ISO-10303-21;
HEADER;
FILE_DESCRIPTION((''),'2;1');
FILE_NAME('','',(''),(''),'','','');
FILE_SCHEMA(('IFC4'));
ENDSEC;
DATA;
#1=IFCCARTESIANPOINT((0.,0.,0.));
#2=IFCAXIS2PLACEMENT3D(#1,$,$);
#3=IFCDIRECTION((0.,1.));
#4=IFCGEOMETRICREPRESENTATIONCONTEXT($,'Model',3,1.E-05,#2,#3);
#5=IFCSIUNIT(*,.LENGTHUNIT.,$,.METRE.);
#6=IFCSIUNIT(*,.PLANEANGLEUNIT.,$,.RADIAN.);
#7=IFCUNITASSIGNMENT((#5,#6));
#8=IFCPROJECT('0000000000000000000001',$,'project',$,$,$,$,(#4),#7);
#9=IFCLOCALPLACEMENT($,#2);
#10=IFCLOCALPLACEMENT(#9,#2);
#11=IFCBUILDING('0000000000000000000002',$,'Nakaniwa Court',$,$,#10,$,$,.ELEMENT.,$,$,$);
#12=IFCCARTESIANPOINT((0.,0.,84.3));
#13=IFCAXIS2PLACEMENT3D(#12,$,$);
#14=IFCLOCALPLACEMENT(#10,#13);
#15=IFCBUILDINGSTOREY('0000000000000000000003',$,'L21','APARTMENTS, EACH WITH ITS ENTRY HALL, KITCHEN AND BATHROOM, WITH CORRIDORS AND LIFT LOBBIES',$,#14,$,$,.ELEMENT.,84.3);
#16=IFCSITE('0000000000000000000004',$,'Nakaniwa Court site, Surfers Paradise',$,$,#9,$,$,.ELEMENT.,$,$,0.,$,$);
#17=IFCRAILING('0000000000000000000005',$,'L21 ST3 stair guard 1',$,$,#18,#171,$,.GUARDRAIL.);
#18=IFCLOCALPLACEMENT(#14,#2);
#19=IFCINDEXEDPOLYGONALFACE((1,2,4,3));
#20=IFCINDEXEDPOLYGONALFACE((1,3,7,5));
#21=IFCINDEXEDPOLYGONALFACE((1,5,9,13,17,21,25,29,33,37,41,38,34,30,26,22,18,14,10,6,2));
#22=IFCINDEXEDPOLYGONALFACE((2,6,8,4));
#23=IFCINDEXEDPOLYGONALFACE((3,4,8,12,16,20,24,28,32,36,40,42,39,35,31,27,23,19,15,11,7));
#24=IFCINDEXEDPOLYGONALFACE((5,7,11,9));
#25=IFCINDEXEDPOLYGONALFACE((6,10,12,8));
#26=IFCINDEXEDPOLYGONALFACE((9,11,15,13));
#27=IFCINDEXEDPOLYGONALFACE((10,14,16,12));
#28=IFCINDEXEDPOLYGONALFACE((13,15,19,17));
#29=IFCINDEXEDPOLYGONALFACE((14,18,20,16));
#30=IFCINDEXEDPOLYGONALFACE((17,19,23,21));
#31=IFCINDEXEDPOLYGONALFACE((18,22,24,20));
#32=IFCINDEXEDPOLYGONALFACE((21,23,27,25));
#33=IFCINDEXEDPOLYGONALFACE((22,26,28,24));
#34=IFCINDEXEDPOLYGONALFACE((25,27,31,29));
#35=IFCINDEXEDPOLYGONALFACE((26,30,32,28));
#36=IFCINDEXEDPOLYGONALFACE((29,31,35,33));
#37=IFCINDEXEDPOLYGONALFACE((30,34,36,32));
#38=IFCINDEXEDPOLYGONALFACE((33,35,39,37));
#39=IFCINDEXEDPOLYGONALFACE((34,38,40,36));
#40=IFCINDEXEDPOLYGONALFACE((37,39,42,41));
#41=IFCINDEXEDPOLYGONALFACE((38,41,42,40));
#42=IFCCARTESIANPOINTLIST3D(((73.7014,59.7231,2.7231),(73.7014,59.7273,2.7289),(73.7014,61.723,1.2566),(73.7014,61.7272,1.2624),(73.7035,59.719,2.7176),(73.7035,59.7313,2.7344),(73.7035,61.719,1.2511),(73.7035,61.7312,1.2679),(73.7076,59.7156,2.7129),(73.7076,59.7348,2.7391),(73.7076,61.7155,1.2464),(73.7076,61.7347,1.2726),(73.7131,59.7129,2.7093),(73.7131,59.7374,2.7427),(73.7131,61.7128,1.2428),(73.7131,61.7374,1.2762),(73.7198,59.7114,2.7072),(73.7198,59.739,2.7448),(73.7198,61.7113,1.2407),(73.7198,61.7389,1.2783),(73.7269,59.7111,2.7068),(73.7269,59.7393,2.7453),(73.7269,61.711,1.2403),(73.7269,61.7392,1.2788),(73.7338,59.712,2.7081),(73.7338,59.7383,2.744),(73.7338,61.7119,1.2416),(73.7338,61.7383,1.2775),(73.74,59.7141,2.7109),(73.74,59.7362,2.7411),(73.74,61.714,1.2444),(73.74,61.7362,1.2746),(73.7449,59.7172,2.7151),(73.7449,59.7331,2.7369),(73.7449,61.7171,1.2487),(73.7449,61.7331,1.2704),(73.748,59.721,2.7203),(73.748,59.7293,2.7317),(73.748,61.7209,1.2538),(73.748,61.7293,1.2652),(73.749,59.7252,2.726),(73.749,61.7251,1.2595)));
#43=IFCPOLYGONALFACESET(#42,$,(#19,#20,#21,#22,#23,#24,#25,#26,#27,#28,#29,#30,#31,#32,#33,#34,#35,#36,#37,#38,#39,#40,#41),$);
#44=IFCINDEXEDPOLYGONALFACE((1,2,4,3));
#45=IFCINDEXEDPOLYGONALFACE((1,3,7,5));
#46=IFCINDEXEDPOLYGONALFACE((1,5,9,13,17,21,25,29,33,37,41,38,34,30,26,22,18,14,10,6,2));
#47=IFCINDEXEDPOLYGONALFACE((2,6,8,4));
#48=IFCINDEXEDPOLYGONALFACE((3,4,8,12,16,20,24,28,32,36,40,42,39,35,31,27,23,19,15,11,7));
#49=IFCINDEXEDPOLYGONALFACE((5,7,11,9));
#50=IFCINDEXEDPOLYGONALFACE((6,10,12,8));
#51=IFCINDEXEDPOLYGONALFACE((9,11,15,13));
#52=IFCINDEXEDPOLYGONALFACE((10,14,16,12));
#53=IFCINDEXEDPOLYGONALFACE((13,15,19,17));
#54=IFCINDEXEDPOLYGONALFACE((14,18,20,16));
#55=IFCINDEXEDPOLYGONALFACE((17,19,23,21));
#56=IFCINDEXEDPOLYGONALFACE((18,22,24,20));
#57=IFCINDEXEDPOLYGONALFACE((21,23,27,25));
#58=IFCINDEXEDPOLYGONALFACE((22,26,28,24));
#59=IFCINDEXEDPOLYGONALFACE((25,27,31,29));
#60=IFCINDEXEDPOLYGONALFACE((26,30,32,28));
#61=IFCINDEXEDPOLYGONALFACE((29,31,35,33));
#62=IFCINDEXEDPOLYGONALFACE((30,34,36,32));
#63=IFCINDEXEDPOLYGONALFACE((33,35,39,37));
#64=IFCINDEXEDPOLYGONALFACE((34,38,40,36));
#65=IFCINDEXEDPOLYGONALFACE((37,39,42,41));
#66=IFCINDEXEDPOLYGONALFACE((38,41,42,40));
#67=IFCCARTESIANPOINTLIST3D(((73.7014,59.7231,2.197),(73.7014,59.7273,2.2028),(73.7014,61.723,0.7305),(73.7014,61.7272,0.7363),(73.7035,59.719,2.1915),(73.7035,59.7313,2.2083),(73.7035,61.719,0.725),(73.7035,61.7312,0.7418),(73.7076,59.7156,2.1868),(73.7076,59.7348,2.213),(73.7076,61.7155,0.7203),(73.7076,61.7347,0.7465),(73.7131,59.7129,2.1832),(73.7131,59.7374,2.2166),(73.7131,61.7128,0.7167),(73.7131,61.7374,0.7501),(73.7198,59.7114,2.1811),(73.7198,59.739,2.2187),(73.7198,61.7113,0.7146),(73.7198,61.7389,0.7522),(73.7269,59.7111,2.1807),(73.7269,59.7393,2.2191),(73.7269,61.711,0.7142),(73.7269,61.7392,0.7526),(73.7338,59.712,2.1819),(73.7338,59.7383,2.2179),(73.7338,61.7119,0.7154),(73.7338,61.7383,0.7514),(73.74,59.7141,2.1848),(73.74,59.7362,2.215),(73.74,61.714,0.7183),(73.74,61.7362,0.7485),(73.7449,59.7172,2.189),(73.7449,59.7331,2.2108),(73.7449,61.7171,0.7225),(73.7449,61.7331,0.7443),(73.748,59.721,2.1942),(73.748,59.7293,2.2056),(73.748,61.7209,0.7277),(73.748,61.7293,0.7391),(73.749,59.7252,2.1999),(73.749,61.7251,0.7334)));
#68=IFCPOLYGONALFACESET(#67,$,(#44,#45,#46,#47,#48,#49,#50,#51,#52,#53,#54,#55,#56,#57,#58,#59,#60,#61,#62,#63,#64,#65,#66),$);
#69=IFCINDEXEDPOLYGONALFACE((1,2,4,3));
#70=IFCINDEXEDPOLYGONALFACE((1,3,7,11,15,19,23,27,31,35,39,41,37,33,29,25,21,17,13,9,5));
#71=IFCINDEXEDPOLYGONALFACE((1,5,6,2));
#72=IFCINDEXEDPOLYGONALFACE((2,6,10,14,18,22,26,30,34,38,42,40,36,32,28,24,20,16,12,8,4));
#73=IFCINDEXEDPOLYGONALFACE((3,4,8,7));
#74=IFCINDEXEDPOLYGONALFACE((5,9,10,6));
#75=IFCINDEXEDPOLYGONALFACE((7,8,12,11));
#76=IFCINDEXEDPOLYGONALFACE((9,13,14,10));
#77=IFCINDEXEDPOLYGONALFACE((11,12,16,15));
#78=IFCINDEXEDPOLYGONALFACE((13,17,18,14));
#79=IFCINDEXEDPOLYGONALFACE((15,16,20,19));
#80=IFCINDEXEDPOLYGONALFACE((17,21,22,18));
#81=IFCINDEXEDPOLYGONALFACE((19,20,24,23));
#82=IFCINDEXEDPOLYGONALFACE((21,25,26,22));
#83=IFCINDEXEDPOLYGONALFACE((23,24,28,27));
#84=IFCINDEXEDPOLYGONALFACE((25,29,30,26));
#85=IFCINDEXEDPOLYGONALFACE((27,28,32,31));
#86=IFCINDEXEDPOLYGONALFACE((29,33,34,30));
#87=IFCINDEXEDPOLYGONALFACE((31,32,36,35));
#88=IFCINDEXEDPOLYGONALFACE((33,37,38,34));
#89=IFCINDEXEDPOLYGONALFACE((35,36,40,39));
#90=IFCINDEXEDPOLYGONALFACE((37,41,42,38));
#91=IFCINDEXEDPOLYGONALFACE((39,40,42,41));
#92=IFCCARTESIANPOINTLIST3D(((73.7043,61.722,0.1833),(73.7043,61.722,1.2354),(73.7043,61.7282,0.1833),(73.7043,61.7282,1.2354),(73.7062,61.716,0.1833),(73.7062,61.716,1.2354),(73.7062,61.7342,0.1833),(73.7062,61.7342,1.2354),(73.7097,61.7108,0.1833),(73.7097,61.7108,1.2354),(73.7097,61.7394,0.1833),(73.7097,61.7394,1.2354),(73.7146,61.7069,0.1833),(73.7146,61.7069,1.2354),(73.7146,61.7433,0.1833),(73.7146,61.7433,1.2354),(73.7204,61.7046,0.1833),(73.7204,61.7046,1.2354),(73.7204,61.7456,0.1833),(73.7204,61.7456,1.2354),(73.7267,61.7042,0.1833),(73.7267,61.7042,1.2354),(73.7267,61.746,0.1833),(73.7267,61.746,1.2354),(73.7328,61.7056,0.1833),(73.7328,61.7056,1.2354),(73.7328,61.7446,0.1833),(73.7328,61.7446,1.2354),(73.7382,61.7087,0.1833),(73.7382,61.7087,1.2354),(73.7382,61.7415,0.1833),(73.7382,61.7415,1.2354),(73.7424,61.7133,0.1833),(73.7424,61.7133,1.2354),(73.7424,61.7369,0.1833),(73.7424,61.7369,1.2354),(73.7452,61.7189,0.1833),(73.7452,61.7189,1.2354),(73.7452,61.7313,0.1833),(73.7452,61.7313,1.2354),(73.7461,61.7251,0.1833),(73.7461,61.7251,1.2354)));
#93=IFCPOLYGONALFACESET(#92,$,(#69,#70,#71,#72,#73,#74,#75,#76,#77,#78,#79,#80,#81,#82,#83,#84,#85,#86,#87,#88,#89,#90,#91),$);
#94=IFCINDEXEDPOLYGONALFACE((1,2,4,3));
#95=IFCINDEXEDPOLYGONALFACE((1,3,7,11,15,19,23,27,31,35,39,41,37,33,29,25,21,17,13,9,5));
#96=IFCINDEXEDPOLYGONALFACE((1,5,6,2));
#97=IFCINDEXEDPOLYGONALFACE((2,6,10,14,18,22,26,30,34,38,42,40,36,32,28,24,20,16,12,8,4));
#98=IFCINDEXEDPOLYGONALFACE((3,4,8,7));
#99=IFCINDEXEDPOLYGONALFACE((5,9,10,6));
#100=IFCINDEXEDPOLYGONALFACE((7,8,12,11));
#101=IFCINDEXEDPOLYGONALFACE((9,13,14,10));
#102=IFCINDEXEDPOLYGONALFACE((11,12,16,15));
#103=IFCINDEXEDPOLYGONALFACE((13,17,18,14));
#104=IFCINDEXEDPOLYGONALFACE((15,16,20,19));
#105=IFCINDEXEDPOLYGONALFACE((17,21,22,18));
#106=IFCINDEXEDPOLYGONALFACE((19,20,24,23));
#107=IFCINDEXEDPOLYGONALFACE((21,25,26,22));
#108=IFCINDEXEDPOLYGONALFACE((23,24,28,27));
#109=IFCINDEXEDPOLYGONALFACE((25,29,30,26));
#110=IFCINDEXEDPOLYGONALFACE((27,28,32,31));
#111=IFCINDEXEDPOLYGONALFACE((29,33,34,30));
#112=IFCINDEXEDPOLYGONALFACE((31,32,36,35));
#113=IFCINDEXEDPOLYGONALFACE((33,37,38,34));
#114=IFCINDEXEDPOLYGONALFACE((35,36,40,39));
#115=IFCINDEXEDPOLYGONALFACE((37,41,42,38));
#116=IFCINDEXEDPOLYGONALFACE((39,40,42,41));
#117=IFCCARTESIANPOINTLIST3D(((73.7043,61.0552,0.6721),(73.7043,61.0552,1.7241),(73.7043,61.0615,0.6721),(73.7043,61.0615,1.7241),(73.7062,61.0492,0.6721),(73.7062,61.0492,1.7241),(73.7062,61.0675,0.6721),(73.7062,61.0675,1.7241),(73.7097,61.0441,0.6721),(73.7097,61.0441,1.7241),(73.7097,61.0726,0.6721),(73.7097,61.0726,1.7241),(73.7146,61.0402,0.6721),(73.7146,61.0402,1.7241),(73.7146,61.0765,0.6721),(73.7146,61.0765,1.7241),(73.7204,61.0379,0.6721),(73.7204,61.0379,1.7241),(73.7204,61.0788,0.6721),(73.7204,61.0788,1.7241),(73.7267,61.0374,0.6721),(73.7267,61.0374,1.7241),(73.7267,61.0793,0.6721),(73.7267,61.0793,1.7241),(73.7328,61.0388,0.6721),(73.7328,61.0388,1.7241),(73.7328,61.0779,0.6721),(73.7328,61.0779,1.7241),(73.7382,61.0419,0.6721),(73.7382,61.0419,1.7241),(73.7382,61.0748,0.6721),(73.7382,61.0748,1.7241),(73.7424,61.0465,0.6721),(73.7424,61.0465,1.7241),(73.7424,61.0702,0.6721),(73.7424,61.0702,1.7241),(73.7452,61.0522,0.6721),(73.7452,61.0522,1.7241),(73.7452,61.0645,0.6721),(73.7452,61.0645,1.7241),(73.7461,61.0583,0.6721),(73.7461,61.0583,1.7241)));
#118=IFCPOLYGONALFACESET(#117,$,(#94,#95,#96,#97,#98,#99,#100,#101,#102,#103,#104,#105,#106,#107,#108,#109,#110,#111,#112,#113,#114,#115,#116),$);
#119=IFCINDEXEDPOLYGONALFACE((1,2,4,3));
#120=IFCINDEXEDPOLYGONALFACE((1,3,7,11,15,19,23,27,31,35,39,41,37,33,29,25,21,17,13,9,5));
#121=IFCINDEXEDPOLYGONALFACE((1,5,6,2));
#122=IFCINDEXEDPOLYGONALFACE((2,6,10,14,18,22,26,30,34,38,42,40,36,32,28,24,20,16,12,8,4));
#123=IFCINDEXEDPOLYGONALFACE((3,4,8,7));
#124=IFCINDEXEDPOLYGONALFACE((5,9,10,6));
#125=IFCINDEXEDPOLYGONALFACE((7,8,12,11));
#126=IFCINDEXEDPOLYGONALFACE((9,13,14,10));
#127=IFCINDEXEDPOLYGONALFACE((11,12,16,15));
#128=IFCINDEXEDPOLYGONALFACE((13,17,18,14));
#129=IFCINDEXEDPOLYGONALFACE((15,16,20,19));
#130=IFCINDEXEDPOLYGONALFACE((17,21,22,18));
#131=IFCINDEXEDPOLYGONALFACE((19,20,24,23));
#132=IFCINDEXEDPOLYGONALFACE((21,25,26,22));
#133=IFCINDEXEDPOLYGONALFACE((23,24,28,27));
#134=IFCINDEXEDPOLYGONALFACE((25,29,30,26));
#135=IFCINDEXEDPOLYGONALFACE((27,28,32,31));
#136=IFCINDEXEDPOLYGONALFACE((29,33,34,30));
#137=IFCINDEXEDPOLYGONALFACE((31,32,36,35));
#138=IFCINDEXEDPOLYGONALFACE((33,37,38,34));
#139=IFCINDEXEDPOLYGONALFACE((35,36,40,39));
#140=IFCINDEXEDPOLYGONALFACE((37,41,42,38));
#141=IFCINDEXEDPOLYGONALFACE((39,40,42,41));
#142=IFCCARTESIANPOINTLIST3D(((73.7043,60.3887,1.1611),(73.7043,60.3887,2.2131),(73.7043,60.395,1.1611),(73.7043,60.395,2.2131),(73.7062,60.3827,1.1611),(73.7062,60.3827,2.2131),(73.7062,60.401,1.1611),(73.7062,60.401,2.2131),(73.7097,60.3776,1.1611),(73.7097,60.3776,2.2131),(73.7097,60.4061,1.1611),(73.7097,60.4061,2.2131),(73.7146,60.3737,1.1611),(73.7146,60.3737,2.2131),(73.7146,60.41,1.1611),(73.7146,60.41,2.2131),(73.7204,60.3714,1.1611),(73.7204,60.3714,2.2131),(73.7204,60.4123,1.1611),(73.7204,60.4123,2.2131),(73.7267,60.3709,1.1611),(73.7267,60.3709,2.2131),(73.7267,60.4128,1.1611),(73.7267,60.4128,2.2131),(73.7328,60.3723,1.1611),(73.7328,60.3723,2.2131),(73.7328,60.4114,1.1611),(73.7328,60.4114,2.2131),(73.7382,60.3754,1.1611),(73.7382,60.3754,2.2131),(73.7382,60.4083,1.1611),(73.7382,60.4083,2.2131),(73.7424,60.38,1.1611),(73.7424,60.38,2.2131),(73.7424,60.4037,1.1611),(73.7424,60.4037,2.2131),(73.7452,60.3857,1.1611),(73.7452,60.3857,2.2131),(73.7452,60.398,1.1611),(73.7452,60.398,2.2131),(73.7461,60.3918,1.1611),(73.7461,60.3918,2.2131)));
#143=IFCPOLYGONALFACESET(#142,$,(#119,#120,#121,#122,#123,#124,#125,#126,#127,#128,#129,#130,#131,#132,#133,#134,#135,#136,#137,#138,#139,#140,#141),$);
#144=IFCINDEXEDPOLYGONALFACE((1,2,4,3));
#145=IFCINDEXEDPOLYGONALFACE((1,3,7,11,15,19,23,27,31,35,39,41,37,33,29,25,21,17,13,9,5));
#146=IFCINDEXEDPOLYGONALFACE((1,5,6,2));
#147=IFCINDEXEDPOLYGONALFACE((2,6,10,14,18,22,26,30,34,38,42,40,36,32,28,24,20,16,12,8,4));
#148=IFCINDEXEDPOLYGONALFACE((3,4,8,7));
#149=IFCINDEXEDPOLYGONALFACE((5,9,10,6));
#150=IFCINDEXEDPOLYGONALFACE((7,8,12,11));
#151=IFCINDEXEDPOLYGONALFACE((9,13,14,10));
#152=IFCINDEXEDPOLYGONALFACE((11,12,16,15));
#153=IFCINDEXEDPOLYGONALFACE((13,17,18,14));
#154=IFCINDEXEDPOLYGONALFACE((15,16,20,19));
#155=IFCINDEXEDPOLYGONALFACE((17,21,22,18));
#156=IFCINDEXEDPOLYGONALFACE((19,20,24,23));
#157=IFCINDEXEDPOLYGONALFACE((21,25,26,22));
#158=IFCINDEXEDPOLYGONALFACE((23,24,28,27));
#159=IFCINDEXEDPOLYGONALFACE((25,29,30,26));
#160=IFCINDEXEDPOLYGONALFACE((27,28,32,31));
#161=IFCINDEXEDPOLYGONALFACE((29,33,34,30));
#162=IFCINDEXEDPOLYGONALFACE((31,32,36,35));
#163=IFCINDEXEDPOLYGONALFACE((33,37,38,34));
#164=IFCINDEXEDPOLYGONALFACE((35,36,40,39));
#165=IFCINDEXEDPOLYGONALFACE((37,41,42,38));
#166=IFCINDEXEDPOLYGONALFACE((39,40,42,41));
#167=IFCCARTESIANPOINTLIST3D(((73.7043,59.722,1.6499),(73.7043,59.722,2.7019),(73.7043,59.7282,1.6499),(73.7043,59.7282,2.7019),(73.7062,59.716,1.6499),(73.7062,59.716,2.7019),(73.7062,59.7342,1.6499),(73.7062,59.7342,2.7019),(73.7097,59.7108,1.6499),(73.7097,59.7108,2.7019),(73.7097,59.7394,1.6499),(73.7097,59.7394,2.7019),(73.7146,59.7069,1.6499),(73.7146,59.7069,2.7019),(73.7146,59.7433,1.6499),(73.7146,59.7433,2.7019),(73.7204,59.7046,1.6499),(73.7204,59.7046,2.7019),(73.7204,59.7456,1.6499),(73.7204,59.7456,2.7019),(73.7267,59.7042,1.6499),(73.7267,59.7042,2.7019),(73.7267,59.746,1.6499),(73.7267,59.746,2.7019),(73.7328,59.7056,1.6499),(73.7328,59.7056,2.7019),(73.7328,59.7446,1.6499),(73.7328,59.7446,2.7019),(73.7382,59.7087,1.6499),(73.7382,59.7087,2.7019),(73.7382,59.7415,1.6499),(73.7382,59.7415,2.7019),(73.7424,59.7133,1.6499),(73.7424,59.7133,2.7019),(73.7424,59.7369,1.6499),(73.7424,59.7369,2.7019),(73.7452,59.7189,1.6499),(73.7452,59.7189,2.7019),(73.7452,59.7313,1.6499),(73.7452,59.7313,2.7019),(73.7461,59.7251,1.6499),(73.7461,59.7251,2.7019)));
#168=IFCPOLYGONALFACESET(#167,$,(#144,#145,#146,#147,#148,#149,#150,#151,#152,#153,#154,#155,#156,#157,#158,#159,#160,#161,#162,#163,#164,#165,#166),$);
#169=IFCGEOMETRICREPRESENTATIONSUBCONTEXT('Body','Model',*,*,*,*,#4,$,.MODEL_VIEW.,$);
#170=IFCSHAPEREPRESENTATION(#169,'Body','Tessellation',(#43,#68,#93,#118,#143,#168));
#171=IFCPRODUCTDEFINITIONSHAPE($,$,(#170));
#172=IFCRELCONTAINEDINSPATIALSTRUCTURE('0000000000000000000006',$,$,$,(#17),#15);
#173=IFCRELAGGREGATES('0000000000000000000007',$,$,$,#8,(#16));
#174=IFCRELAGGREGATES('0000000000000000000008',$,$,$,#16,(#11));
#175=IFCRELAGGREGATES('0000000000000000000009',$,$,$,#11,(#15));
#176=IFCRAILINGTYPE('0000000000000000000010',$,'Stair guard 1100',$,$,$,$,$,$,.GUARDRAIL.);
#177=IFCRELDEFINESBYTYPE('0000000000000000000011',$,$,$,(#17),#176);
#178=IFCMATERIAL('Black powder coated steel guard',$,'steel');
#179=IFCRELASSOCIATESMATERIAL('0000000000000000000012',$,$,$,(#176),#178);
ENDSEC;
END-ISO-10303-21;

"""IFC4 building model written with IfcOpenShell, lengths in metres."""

from ifc_helpers import new_model, si_unit, direction, frame, origin, origin_2d, place, context, subcontext, project, spatial, circle, extrude, material, type_object, element, save


model = new_model("IFC4")

# Units and contexts
model_context = context("Model", 3, precision=1e-05, world=origin(), true_north=direction((0.0, 1.0)))
body_context = subcontext(model_context, "Body", "Model", "MODEL_VIEW")
ifc_project = project(units=[si_unit("LENGTHUNIT", "METRE"), si_unit("PLANEANGLEUNIT", "RADIAN")], contexts=[model_context])

# Site, building, storey
site_placement = place(None, origin())
site = spatial("IfcSite", under=ifc_project, at=site_placement, Name="Nakaniwa Court site, Surfers Paradise", CompositionType="ELEMENT", RefElevation=0.0)
building_placement = place(site_placement, origin())
building = spatial("IfcBuilding", under=site, at=building_placement, Name="Nakaniwa Court", CompositionType="ELEMENT")
storey_placement = place(building_placement, frame((0.0, 0.0, 84.3)))
storey = spatial("IfcBuildingStorey", under=building, at=storey_placement, Name="L21", Description="APARTMENTS, EACH WITH ITS ENTRY HALL, KITCHEN AND BATHROOM, WITH CORRIDORS AND LIFT LOBBIES", CompositionType="ELEMENT", Elevation=84.3)

# Railing
ifc_material_1 = material(Name="Black powder coated steel guard", Category="steel")
railing_type_1 = type_object("IfcRailingType", Name="Stair guard 1100", PredefinedType="GUARDRAIL", material=ifc_material_1)
railing_1_placement = place(storey_placement, frame((73.7251, 61.7251, 0.1833)))
element("IfcRailing", 1, at=railing_1_placement, inside=storey, type_object=railing_type_1, Name="L21 ST3 stair guard 1", PredefinedType="GUARDRAIL", context=body_context, shape_type="SweptSolid", body=[
    extrude(circle(Radius=0.0239, at=origin_2d()), frame((0.0, 0.0, 1.0762), z_axis=(0.0, -0.806427, 0.591334), x_axis=(1.0, 0.0, 0.0)), (0.0, 0.0, 1.0), 2.48),
    extrude(circle(Radius=0.0239, at=origin_2d()), frame((0.0, 0.0, 0.55), z_axis=(0.0, -0.806427, 0.591334), x_axis=(1.0, 0.0, 0.0)), (0.0, 0.0, 1.0), 2.48),
    extrude(circle(Radius=0.021, at=origin_2d()), origin(), (0.0, 0.0, 1.0), 1.052),
    extrude(circle(Radius=0.021, at=origin_2d()), frame((0.0, -0.6667, 0.4888)), (0.0, 0.0, 1.0), 1.052),
    extrude(circle(Radius=0.021, at=origin_2d()), frame((0.0, -1.3333, 0.9778)), (0.0, 0.0, 1.0), 1.052),
    extrude(circle(Radius=0.021, at=origin_2d()), frame((0.0, -2.0, 1.4666)), (0.0, 0.0, 1.0), 1.052),
])

save(model, "model.ifc")
